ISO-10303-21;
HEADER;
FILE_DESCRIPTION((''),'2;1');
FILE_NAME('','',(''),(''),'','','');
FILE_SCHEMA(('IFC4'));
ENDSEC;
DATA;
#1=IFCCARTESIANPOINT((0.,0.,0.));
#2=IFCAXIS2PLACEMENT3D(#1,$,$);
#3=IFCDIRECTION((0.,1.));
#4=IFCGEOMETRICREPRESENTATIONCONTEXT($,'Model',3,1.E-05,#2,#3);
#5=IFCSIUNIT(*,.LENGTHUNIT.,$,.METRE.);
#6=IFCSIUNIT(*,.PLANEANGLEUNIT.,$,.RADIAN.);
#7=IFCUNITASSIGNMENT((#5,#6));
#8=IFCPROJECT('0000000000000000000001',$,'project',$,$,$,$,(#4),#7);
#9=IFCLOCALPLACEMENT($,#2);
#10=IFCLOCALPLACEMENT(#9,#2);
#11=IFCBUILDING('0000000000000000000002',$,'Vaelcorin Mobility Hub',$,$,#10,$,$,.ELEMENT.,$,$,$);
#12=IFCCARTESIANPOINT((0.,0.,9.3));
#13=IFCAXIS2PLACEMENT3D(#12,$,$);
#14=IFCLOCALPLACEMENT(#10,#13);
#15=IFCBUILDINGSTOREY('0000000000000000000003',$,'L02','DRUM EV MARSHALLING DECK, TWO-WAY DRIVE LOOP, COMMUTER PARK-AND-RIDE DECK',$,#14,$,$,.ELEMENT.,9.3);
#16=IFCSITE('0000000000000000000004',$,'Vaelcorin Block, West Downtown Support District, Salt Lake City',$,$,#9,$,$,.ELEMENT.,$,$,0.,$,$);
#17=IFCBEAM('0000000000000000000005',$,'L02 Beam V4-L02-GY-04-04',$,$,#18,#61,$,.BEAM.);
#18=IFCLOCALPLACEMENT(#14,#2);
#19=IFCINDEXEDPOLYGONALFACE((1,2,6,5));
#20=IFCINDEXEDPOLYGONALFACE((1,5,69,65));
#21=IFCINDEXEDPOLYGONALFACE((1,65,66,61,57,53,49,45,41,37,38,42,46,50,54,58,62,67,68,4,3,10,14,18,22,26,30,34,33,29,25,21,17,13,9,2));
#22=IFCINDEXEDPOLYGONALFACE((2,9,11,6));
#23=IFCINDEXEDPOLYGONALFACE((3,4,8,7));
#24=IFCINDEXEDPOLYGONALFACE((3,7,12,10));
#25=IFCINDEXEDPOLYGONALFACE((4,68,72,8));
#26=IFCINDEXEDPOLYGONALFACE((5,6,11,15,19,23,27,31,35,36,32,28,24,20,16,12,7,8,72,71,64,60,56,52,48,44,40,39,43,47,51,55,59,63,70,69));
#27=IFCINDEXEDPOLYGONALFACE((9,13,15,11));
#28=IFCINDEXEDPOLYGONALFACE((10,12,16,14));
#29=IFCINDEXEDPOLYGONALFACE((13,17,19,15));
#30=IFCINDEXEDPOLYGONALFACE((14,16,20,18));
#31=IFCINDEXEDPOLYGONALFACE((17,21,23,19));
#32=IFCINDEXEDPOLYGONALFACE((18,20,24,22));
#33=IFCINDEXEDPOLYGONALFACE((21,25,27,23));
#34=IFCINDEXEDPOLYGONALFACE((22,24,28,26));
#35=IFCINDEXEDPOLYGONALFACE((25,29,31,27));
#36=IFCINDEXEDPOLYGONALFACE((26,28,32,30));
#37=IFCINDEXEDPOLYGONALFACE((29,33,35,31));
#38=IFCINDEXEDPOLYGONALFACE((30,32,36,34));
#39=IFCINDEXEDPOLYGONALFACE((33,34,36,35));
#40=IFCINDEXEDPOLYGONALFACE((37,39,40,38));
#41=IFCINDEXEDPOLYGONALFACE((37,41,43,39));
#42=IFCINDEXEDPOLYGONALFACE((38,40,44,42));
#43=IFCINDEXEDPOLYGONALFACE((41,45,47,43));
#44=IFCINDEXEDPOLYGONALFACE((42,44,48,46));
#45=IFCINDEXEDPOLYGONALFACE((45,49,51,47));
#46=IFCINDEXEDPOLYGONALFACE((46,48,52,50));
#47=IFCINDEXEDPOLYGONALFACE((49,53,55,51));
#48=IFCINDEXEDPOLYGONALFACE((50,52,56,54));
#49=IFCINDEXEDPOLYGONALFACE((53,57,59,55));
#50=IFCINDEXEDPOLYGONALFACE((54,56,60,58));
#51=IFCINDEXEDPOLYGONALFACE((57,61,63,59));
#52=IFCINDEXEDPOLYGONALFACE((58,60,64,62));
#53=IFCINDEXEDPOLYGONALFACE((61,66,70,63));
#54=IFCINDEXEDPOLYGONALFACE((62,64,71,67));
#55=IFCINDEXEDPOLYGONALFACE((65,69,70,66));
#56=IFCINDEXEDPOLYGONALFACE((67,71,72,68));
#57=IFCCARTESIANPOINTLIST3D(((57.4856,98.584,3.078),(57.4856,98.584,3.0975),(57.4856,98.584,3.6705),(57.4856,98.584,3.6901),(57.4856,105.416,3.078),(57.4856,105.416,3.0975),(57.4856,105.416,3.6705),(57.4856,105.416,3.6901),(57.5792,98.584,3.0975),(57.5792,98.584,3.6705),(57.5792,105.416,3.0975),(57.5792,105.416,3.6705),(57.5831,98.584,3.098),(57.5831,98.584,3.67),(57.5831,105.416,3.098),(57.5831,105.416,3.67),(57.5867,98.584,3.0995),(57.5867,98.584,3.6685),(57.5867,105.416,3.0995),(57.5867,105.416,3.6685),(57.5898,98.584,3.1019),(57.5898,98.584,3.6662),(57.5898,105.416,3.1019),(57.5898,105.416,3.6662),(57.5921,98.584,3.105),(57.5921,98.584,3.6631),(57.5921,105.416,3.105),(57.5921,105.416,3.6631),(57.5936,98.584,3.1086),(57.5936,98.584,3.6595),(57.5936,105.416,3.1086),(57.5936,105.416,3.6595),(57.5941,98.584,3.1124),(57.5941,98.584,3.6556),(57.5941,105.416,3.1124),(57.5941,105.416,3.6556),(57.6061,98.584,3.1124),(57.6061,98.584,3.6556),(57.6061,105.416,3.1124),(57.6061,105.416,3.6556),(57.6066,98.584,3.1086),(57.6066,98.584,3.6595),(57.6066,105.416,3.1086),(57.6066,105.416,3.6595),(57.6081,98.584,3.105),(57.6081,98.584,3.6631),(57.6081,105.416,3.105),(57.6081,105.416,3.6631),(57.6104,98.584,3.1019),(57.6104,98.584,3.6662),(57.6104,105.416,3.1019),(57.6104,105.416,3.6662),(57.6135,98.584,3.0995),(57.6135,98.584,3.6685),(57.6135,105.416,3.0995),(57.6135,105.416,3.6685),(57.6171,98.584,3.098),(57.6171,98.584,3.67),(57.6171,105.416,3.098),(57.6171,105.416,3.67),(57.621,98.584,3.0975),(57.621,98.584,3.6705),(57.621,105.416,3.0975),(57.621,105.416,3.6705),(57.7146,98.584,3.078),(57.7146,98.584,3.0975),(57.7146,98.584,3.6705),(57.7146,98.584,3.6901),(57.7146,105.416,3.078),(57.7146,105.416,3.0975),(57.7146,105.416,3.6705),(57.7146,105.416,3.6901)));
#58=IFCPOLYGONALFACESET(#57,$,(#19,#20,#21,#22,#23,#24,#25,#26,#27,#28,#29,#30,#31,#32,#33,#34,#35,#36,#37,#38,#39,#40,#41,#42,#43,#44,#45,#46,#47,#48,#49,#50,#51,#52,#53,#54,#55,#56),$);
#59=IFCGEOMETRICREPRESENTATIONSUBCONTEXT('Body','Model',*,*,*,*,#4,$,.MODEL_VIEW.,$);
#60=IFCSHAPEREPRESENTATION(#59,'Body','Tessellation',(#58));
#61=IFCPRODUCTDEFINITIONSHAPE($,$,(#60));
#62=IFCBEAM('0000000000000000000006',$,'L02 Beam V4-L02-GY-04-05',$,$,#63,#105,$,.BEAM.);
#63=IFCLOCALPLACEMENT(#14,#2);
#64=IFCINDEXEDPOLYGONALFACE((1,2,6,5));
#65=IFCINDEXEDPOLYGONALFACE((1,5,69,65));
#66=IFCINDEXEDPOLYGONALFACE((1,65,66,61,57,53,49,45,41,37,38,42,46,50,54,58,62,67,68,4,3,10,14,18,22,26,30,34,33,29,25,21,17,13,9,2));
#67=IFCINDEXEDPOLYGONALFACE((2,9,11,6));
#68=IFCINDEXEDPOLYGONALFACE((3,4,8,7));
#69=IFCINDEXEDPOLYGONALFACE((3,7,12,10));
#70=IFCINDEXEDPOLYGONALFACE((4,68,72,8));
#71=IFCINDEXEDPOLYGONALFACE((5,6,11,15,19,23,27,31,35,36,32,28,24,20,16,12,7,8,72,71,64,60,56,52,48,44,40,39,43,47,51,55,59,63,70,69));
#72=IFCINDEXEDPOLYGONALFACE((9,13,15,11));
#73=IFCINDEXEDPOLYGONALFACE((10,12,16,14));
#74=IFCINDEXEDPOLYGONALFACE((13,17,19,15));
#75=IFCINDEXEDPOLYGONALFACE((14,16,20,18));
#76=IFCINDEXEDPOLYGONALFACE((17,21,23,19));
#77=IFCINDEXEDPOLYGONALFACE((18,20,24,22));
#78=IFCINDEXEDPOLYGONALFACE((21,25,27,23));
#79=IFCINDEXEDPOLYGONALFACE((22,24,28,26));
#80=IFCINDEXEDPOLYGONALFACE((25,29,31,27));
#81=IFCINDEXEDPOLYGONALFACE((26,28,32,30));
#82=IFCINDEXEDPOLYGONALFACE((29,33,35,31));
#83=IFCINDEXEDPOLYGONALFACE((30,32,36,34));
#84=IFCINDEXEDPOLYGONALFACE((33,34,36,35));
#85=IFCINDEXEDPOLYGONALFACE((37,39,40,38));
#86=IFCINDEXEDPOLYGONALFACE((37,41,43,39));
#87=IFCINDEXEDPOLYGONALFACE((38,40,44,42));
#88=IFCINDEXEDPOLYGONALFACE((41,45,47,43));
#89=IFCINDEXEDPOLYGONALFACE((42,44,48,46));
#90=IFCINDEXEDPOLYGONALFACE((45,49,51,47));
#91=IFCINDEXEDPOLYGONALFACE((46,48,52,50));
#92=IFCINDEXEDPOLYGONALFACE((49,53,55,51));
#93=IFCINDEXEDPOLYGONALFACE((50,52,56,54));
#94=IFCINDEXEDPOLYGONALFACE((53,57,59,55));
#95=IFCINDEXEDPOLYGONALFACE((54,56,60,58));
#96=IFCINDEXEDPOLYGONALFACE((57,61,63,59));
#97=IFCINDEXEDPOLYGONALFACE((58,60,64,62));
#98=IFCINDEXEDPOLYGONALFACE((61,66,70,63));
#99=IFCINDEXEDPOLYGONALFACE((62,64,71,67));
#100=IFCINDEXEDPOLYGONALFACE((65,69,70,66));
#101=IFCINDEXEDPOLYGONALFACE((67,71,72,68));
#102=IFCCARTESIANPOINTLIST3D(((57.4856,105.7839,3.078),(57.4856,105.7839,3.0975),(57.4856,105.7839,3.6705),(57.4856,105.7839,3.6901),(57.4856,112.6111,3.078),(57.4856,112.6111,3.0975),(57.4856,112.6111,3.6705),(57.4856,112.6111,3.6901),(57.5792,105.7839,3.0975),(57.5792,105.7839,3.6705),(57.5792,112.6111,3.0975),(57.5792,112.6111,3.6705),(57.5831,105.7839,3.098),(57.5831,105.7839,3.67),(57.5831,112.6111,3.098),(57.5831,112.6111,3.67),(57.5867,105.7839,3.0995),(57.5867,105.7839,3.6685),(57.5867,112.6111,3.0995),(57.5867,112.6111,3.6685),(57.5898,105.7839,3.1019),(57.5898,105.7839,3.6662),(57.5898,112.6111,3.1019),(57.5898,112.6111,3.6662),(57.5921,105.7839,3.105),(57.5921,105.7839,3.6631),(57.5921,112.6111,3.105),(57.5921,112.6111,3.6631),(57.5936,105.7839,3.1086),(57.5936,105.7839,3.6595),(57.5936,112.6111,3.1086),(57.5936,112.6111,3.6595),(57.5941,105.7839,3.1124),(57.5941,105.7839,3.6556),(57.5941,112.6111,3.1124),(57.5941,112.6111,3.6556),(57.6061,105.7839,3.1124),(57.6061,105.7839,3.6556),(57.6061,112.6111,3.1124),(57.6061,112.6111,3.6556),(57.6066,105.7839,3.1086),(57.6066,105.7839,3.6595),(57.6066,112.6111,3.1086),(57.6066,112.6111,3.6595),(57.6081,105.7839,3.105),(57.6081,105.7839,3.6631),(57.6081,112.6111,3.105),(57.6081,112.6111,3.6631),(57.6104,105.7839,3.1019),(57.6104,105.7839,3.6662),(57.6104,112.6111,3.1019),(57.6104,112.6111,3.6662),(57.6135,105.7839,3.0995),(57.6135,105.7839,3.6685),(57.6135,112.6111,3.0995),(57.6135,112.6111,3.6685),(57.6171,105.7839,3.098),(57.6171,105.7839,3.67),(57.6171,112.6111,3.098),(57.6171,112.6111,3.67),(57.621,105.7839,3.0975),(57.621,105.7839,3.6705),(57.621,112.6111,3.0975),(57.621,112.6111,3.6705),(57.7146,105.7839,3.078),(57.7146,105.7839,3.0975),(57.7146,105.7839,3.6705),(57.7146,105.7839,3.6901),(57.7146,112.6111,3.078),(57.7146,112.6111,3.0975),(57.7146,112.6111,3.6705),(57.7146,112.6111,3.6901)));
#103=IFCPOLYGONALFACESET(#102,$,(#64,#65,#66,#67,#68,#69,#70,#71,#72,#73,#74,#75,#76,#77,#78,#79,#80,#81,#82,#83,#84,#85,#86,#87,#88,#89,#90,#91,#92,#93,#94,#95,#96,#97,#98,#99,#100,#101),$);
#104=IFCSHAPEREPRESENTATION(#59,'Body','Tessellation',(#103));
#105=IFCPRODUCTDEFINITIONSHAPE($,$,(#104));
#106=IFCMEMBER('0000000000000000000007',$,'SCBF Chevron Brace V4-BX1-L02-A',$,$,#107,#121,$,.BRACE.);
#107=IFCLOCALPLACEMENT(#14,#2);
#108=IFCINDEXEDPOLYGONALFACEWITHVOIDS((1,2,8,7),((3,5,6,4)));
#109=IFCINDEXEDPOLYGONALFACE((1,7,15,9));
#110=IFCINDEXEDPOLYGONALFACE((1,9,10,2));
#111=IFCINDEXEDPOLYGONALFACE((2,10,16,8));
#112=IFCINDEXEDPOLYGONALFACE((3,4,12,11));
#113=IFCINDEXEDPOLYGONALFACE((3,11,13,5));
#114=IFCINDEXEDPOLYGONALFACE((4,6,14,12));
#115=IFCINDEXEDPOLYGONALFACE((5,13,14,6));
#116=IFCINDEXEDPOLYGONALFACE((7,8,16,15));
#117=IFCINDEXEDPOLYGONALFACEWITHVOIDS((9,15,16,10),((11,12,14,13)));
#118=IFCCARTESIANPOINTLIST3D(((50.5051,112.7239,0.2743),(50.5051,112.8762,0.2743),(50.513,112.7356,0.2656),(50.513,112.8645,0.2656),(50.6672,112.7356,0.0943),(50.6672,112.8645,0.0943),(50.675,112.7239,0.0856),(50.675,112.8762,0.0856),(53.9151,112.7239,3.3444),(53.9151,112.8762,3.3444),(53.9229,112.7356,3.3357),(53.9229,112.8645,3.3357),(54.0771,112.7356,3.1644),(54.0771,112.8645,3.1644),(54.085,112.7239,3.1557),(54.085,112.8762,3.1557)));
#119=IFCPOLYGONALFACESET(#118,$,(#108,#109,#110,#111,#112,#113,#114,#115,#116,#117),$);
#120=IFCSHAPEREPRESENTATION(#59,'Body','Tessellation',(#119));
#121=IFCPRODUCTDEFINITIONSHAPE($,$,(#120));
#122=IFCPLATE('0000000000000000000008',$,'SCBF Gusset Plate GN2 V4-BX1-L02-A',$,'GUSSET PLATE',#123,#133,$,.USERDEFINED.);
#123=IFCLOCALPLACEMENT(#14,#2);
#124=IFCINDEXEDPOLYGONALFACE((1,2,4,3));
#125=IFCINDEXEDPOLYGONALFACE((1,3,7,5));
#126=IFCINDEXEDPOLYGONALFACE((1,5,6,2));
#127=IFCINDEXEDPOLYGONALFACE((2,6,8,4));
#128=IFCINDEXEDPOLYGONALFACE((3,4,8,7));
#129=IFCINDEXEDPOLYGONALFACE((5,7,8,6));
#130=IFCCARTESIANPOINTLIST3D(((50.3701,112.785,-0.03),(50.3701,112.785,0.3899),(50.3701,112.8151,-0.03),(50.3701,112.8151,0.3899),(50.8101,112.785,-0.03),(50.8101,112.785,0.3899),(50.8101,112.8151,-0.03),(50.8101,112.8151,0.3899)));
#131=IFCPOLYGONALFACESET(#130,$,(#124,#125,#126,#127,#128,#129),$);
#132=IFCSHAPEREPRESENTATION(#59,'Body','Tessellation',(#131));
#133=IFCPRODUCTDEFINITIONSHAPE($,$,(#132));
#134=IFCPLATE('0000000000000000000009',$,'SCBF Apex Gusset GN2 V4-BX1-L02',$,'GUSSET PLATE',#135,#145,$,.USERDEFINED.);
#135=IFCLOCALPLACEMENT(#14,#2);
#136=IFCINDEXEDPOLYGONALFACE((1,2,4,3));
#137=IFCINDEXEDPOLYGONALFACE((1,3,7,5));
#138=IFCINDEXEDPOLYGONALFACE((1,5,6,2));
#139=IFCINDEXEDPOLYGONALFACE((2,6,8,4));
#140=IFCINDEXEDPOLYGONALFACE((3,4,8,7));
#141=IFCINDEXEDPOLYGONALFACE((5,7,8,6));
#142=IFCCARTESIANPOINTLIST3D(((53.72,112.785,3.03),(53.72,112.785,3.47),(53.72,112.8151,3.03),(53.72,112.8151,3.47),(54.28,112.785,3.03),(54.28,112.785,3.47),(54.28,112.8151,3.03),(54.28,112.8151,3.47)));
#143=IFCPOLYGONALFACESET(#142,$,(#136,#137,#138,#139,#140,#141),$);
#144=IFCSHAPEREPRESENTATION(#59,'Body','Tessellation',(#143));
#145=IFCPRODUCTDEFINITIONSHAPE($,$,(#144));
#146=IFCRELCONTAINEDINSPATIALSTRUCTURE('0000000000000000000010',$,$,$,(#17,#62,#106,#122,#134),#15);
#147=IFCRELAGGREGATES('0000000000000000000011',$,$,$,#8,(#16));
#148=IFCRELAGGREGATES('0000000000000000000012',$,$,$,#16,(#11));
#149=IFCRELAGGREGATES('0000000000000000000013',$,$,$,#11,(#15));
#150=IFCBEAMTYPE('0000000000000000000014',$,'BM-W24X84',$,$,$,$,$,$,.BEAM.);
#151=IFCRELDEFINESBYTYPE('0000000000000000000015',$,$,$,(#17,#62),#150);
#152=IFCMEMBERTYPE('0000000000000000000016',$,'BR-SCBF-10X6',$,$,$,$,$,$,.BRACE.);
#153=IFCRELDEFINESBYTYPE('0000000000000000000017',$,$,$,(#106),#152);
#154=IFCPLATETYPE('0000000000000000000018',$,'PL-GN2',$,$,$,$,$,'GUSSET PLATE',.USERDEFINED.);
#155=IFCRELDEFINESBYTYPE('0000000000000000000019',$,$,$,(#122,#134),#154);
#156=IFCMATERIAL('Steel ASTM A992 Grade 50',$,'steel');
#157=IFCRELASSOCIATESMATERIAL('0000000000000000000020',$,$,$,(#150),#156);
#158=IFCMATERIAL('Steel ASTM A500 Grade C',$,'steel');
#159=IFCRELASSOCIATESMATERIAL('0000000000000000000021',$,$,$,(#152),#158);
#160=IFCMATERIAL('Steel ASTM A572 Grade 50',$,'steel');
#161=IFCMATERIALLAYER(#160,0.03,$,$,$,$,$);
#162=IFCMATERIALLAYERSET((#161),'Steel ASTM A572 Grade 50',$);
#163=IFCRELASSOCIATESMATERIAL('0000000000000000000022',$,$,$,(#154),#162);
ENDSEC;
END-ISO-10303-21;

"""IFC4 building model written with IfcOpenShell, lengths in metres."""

from ifc_helpers import new_model, si_unit, direction, frame, origin, origin_2d, place, context, subcontext, project, spatial, rectangle, hollow_rectangle, i_section, extrude, material, layer, layer_set, material_profile, profile_set, type_object, element, save


model = new_model("IFC4")

# Units and contexts
model_context = context("Model", 3, precision=1e-05, world=origin(), true_north=direction((0.0, 1.0)))
body_context = subcontext(model_context, "Body", "Model", "MODEL_VIEW")
ifc_project = project(units=[si_unit("LENGTHUNIT", "METRE"), si_unit("PLANEANGLEUNIT", "RADIAN")], contexts=[model_context])

# Site, building, storey
site_placement = place(None, origin())
site = spatial("IfcSite", under=ifc_project, at=site_placement, Name="Vaelcorin Block, West Downtown Support District, Salt Lake City", CompositionType="ELEMENT", RefElevation=0.0)
building_placement = place(site_placement, origin())
building = spatial("IfcBuilding", under=site, at=building_placement, Name="Vaelcorin Mobility Hub", CompositionType="ELEMENT")
storey_placement = place(building_placement, frame((0.0, 0.0, 9.3)))
storey = spatial("IfcBuildingStorey", under=building, at=storey_placement, Name="L02", Description="DRUM EV MARSHALLING DECK, TWO-WAY DRIVE LOOP, COMMUTER PARK-AND-RIDE DECK", CompositionType="ELEMENT", Elevation=9.3)

# Shared definitions
ifc_material_1 = material(Name="Steel ASTM A992 Grade 50", Category="steel")

# Beams
ifc_material_profile_1 = material_profile(ifc_material_1, i_section(OverallWidth=0.229, OverallDepth=0.6121, WebThickness=0.012, FlangeThickness=0.0195, FilletRadius=0.0149, at=origin_2d()), Name="W24X84")
ifc_profile_set_1 = profile_set([ifc_material_profile_1], Name="Steel ASTM A992 Grade 50")
beam_type_1 = type_object("IfcBeamType", Name="BM-W24X84", PredefinedType="BEAM", material=ifc_profile_set_1)
beam_1_placement = place(storey_placement, frame((57.6001, 98.584, 3.384), z_axis=(0.0, 1.0, 0.0), x_axis=(-1.0, 0.0, 0.0)))
element("IfcBeam", 1, at=beam_1_placement, inside=storey, type_object=beam_type_1, Name="L02 Beam V4-L02-GY-04-04", PredefinedType="BEAM", context=body_context, shape_type="SweptSolid", body=[
    extrude(i_section(OverallWidth=0.229, OverallDepth=0.6121, WebThickness=0.012, FlangeThickness=0.0195, FilletRadius=0.0149, at=origin_2d()), origin(), (0.0, 0.0, 1.0), 6.832),
])
beam_2_placement = place(storey_placement, frame((57.6001, 105.7839, 3.384), z_axis=(0.0, 1.0, 0.0), x_axis=(-1.0, 0.0, 0.0)))
element("IfcBeam", 2, at=beam_2_placement, inside=storey, type_object=beam_type_1, Name="L02 Beam V4-L02-GY-04-05", PredefinedType="BEAM", context=body_context, shape_type="SweptSolid", body=[
    extrude(i_section(OverallWidth=0.229, OverallDepth=0.6121, WebThickness=0.012, FlangeThickness=0.0195, FilletRadius=0.0149, at=origin_2d()), origin(), (0.0, 0.0, 1.0), 6.8271),
])

# Member
ifc_material_2 = material(Name="Steel ASTM A500 Grade C", Category="steel")
ifc_material_profile_2 = material_profile(ifc_material_2, hollow_rectangle(XDim=0.1523, YDim=0.2539, WallThickness=0.0117, at=origin_2d()), Name="HSS10X6X0.500")
ifc_profile_set_2 = profile_set([ifc_material_profile_2], Name="Steel ASTM A500 Grade C")
member_type = type_object("IfcMemberType", Name="BR-SCBF-10X6", PredefinedType="BRACE", material=ifc_profile_set_2)
member_placement = place(storey_placement, frame((50.5901, 112.8, 0.1799), z_axis=(0.74317, 0.0, 0.669103), x_axis=(0.0, 1.0, 0.0)))
element("IfcMember", 3, at=member_placement, inside=storey, type_object=member_type, Name="SCBF Chevron Brace V4-BX1-L02-A", PredefinedType="BRACE", context=body_context, shape_type="SweptSolid", body=[
    extrude(hollow_rectangle(XDim=0.1523, YDim=0.2539, WallThickness=0.0117, at=origin_2d()), origin(), (0.0, 0.0, 1.0), 4.5884),
])

# Plates
ifc_material_3 = material(Name="Steel ASTM A572 Grade 50", Category="steel")
ifc_layer = layer(ifc_material_3, 0.03)
ifc_layer_set = layer_set([ifc_layer], Name="Steel ASTM A572 Grade 50")
plate_type = type_object("IfcPlateType", Name="PL-GN2", ElementType="GUSSET PLATE", PredefinedType="USERDEFINED", material=ifc_layer_set)
plate_1_placement = place(storey_placement, frame((50.5901, 112.8, -0.03), z_axis=(0.0, 0.0, 1.0), x_axis=(1.0, 0.0, 0.0)))
element("IfcPlate", 4, at=plate_1_placement, inside=storey, type_object=plate_type, Name="SCBF Gusset Plate GN2 V4-BX1-L02-A", ObjectType="GUSSET PLATE", PredefinedType="USERDEFINED", context=body_context, shape_type="SweptSolid", body=[
    extrude(rectangle(XDim=0.4399, YDim=0.03, at=origin_2d()), origin(), (0.0, 0.0, 1.0), 0.4199),
])
plate_2_placement = place(storey_placement, frame((54.0, 112.8, 3.03), z_axis=(0.0, 0.0, 1.0), x_axis=(1.0, 0.0, 0.0)))
element("IfcPlate", 5, at=plate_2_placement, inside=storey, type_object=plate_type, Name="SCBF Apex Gusset GN2 V4-BX1-L02", ObjectType="GUSSET PLATE", PredefinedType="USERDEFINED", context=body_context, shape_type="SweptSolid", body=[
    extrude(rectangle(XDim=0.5601, YDim=0.03, at=origin_2d()), origin(), (0.0, 0.0, 1.0), 0.4399),
])

save(model, "model.ifc")
